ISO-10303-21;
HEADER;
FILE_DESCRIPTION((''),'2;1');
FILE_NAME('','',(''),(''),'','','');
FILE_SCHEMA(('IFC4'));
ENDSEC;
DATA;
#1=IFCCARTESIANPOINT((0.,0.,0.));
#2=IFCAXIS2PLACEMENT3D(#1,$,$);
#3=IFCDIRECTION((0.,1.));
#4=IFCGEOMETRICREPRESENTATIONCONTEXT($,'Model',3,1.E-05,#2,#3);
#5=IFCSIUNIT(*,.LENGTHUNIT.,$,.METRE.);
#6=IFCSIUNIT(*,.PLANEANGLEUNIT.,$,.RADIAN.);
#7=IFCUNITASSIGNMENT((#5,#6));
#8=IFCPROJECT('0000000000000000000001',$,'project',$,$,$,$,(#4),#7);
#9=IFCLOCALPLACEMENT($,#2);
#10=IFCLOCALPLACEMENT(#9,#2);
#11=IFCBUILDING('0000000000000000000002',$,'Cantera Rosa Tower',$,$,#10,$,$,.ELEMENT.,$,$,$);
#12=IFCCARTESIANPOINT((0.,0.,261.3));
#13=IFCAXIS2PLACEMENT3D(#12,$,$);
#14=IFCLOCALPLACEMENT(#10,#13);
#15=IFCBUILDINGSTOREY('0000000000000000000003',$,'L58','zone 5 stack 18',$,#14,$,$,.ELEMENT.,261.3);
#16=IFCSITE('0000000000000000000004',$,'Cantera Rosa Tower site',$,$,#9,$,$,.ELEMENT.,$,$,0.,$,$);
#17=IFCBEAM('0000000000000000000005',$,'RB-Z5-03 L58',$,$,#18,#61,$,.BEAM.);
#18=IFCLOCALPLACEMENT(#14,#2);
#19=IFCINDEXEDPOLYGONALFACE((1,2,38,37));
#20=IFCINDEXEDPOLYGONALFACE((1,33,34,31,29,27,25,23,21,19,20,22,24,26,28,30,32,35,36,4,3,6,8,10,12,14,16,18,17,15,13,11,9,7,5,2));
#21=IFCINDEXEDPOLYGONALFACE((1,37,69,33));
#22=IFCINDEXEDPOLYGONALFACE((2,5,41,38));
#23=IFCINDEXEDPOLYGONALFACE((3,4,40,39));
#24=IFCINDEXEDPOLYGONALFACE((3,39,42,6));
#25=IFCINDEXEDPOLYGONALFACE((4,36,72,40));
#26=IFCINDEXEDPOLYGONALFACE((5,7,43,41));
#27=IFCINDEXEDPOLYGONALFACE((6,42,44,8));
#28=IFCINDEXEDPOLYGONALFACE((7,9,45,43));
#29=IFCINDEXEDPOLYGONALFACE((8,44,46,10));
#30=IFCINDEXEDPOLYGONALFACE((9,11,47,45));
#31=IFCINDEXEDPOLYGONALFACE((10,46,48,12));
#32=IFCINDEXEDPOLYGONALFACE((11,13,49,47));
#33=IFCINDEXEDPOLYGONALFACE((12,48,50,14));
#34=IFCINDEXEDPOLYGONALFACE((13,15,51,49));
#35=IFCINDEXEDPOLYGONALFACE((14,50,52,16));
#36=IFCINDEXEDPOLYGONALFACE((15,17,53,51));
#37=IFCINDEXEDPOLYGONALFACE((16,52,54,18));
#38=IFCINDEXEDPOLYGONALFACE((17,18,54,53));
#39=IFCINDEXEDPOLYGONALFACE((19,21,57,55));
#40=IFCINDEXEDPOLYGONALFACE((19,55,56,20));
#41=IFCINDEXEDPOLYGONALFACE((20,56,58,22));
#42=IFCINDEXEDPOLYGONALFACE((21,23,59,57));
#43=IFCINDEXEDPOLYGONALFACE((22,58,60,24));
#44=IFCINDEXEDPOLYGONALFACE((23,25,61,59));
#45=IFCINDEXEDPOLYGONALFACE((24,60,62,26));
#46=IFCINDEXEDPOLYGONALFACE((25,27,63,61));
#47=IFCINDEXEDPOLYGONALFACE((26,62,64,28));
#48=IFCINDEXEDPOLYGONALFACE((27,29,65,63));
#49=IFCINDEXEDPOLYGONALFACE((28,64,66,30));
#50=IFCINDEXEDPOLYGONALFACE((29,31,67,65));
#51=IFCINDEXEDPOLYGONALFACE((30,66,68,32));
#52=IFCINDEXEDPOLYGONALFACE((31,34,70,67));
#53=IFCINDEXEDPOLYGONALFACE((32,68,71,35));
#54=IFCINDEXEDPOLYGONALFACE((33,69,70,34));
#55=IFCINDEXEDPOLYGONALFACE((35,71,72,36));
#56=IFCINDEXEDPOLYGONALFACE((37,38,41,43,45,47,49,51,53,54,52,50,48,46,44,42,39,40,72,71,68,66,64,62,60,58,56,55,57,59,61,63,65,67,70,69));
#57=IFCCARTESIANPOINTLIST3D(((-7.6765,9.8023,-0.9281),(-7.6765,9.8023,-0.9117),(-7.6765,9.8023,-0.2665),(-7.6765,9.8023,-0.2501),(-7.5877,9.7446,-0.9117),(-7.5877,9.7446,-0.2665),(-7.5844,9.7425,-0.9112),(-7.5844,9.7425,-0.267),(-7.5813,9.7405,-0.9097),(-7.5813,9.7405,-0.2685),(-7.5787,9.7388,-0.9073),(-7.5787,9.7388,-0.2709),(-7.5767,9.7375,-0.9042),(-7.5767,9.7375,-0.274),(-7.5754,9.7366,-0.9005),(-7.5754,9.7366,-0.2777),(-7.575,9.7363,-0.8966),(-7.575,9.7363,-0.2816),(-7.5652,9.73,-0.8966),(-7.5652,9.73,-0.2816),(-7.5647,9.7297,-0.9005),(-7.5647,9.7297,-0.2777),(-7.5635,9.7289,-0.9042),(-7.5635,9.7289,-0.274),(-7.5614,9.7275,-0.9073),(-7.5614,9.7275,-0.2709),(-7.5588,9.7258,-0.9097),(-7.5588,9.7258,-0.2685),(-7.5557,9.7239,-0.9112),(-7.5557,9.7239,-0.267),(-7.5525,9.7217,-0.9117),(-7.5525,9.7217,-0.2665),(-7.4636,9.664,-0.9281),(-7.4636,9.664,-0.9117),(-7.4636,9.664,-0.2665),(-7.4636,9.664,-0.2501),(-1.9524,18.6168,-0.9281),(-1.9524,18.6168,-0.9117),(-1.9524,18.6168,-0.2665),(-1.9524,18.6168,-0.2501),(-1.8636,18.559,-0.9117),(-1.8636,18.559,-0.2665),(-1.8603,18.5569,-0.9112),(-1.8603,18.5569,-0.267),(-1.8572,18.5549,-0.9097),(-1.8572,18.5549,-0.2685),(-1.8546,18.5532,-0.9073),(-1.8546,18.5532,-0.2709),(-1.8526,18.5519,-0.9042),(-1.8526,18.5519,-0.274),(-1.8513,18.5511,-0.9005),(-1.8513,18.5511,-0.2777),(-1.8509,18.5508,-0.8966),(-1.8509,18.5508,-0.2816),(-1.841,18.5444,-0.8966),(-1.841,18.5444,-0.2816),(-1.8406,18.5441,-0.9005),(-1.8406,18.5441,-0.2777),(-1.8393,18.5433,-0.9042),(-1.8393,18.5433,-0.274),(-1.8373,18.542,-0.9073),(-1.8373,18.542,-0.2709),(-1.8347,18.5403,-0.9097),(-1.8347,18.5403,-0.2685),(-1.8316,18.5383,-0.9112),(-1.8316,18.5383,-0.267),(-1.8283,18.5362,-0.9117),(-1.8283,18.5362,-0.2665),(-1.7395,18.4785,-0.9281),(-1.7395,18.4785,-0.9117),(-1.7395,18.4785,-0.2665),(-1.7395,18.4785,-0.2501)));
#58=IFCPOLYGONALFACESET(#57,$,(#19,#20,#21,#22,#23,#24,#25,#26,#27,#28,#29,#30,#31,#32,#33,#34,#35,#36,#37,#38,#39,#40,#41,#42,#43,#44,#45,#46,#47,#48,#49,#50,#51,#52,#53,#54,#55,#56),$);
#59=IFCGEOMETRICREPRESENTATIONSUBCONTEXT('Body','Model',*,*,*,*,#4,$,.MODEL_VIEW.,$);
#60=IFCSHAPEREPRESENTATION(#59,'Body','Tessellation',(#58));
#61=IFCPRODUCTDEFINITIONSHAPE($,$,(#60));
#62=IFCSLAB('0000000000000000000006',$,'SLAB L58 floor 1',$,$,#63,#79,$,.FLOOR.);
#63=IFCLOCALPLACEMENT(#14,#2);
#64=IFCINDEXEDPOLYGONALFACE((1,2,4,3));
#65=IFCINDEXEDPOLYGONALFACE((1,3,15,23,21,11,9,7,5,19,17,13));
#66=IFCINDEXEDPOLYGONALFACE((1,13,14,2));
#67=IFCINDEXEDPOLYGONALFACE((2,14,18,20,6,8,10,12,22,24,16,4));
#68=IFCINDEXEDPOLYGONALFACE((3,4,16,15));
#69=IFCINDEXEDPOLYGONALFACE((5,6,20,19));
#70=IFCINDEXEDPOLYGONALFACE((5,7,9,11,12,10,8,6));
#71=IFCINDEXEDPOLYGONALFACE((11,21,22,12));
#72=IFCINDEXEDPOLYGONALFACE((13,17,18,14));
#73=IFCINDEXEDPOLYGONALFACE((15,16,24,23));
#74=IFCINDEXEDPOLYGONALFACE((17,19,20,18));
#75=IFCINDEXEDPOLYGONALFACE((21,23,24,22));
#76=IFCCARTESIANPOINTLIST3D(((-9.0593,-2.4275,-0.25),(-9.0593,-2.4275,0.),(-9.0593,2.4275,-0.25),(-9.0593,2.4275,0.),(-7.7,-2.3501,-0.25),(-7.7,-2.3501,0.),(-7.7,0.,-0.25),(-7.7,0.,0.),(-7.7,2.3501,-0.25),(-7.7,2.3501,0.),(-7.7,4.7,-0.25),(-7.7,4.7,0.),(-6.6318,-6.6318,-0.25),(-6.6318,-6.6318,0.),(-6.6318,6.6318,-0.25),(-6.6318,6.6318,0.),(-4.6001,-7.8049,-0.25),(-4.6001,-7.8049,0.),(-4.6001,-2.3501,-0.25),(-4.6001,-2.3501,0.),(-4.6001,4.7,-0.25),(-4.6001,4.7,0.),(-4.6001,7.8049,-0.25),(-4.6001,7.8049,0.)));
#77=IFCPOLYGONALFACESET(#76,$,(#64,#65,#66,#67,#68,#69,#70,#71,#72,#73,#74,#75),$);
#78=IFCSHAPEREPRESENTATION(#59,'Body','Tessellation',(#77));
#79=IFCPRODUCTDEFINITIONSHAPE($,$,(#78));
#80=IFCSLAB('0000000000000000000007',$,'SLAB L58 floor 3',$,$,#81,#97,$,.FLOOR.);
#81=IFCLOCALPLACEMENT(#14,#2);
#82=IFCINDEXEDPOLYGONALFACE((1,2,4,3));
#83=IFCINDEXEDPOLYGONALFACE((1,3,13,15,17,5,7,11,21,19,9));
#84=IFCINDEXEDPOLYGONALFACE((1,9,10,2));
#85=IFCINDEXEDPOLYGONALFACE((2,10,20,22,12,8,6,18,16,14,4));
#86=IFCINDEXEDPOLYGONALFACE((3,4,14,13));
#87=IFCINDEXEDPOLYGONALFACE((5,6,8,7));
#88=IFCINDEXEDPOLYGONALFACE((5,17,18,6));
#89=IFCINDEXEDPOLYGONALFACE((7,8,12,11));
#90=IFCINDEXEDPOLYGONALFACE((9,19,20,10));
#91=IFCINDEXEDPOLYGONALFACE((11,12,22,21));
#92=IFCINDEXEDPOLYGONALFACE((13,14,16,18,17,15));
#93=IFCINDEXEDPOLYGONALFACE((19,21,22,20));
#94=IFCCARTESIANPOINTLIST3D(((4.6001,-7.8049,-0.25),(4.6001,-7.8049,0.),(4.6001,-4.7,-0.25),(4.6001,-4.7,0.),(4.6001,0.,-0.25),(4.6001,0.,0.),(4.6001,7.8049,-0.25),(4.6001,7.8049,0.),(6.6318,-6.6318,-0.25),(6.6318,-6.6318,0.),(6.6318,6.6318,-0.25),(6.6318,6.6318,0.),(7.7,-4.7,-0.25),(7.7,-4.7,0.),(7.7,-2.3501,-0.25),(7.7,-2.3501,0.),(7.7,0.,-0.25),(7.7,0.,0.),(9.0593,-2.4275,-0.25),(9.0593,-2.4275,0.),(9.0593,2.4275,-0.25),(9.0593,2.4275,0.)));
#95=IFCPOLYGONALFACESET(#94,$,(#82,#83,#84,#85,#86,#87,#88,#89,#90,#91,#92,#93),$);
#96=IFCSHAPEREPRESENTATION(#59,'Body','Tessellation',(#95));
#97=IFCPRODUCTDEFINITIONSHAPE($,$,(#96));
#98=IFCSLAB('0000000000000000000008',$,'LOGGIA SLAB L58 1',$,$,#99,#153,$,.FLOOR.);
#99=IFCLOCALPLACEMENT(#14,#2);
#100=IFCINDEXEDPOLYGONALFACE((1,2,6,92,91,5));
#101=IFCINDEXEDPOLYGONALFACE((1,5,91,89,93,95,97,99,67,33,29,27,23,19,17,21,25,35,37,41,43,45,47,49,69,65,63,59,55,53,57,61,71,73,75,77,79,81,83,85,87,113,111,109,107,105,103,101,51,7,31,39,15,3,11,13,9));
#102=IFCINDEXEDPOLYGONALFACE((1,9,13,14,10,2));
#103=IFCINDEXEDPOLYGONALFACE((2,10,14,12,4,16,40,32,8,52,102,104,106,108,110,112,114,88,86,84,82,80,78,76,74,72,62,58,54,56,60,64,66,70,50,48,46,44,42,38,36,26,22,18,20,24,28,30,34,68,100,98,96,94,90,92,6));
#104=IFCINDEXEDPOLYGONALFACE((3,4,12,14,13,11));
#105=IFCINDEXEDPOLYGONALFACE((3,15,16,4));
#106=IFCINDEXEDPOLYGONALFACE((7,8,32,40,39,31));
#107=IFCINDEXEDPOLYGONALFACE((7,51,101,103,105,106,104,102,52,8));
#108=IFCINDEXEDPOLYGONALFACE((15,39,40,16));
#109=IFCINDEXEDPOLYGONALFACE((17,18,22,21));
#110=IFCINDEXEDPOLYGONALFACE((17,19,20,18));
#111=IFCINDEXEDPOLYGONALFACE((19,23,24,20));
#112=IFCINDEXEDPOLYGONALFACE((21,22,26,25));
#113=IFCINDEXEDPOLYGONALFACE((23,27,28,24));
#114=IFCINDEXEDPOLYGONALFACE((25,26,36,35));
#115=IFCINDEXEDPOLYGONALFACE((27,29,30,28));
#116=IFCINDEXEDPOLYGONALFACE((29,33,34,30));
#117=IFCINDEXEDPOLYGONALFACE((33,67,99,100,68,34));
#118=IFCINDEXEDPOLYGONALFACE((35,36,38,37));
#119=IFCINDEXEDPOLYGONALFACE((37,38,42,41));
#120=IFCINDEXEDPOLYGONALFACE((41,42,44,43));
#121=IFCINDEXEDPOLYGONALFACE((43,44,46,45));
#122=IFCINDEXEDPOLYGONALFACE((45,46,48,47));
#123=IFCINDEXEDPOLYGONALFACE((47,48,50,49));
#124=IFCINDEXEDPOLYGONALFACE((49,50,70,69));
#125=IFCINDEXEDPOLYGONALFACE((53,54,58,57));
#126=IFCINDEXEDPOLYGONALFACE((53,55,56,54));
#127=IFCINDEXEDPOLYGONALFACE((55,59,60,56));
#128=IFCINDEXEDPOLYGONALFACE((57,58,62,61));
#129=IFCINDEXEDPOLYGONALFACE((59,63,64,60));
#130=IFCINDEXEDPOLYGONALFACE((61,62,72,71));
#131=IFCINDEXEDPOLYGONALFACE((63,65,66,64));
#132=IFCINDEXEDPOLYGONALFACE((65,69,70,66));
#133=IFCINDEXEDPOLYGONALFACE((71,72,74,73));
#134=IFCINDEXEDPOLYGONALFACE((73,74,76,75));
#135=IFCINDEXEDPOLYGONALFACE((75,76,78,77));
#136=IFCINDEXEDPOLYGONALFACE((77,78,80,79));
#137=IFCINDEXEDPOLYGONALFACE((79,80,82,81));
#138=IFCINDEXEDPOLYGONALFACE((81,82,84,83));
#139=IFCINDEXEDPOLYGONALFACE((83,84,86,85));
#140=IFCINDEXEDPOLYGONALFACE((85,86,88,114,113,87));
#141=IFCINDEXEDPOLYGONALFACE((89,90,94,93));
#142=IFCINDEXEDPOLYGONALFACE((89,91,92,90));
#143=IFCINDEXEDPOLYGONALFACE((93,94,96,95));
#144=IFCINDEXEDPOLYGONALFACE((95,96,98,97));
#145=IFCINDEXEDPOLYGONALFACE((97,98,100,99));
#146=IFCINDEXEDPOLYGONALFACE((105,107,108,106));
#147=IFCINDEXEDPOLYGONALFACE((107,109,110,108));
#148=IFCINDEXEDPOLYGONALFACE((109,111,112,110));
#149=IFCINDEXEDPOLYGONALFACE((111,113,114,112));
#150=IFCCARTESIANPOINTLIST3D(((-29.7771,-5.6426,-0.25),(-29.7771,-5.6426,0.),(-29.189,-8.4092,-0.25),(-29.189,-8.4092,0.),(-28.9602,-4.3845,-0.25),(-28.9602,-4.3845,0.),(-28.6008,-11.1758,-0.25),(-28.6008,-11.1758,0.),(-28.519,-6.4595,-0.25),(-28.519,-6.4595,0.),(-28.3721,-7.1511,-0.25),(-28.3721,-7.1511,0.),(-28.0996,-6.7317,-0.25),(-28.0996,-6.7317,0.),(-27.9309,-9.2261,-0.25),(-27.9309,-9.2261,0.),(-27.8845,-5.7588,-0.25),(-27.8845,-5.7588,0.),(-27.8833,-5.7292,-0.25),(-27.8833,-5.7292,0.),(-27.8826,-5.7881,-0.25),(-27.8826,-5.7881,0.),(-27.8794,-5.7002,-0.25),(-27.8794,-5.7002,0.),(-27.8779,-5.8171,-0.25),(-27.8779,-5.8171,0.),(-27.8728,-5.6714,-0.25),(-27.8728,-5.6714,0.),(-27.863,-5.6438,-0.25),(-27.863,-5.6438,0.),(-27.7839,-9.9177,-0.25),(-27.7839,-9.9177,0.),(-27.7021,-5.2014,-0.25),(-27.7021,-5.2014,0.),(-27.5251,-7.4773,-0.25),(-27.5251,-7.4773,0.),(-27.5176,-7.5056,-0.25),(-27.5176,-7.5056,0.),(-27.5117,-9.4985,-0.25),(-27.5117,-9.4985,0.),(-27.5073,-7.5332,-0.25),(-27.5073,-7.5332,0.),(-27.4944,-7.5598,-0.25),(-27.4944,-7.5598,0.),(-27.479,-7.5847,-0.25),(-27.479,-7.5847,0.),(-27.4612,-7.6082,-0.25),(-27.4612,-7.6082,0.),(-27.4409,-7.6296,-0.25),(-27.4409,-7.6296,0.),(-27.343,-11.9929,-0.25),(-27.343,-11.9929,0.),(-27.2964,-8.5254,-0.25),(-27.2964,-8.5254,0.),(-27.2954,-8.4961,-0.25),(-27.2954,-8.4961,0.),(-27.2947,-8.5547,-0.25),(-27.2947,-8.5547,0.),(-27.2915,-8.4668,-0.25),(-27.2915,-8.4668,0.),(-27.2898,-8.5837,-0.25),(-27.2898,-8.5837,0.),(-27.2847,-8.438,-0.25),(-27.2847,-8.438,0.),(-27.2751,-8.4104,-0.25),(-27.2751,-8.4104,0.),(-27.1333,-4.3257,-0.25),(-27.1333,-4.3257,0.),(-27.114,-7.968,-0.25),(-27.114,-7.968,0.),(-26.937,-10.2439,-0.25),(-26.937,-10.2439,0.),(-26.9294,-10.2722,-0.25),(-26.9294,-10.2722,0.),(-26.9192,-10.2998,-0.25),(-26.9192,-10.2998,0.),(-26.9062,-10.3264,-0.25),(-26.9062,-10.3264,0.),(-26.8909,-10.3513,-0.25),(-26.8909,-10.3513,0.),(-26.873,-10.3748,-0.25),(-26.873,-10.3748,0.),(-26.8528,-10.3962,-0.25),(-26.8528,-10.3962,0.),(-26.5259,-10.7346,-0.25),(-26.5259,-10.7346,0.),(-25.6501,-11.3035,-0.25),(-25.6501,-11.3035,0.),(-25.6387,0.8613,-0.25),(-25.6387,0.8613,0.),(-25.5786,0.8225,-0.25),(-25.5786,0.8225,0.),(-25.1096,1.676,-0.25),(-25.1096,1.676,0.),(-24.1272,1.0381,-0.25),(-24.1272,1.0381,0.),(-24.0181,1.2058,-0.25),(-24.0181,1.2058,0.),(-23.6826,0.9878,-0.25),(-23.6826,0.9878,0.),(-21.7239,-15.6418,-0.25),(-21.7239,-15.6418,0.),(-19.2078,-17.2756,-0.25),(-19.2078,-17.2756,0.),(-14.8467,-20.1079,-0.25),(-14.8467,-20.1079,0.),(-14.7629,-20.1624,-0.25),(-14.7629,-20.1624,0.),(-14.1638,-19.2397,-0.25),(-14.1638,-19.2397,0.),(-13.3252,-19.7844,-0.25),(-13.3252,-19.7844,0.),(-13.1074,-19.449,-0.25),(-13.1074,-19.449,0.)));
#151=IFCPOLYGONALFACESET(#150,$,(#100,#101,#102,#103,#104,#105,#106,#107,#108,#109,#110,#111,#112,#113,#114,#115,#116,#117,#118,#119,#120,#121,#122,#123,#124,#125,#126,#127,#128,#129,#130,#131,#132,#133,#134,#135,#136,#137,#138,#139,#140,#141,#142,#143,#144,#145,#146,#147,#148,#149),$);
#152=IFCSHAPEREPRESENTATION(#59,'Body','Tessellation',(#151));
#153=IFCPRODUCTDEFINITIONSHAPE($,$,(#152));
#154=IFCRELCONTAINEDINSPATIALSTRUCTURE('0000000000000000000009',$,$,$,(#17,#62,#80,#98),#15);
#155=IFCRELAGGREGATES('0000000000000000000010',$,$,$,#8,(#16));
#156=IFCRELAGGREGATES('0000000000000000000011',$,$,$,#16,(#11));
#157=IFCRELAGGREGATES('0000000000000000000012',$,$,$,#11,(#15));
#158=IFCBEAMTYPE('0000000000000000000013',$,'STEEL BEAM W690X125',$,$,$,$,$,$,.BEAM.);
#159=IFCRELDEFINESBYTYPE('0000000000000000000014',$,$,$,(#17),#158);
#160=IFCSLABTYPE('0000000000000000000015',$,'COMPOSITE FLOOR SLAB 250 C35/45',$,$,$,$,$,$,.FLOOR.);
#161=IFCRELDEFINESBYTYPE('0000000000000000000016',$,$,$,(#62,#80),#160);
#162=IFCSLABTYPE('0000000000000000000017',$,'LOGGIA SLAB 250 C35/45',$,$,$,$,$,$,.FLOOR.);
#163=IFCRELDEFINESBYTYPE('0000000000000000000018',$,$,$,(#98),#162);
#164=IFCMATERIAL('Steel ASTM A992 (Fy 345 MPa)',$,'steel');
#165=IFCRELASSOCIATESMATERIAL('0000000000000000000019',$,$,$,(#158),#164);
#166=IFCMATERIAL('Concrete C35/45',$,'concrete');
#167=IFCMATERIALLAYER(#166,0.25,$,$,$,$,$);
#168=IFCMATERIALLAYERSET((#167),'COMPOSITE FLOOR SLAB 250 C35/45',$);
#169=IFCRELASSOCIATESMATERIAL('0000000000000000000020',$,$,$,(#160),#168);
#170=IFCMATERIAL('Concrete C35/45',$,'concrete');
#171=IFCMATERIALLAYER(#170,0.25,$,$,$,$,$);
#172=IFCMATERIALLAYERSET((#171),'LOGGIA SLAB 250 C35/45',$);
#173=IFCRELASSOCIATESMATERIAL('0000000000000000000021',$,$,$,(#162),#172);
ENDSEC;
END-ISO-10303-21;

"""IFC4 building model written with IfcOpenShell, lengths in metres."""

from ifc_helpers import new_model, si_unit, direction, frame, origin, origin_2d, place, context, subcontext, project, spatial, polyline, i_section, outline, extrude, material, layer, layer_set, material_profile, profile_set, type_object, element, save


model = new_model("IFC4")

# Units and contexts
model_context = context("Model", 3, precision=1e-05, world=origin(), true_north=direction((0.0, 1.0)))
body_context = subcontext(model_context, "Body", "Model", "MODEL_VIEW")
ifc_project = project(units=[si_unit("LENGTHUNIT", "METRE"), si_unit("PLANEANGLEUNIT", "RADIAN")], contexts=[model_context])

# Site, building, storey
site_placement = place(None, origin())
site = spatial("IfcSite", under=ifc_project, at=site_placement, Name="Cantera Rosa Tower site", CompositionType="ELEMENT", RefElevation=0.0)
building_placement = place(site_placement, origin())
building = spatial("IfcBuilding", under=site, at=building_placement, Name="Cantera Rosa Tower", CompositionType="ELEMENT")
storey_placement = place(building_placement, frame((0.0, 0.0, 261.3)))
storey = spatial("IfcBuildingStorey", under=building, at=storey_placement, Name="L58", Description="zone 5 stack 18", CompositionType="ELEMENT", Elevation=261.3)

# Beam
ifc_material_1 = material(Name="Steel ASTM A992 (Fy 345 MPa)", Category="steel")
ifc_material_profile = material_profile(ifc_material_1, i_section(OverallWidth=0.2539, OverallDepth=0.678, WebThickness=0.0117, FlangeThickness=0.0164, FilletRadius=0.0151, at=origin_2d()), Name="W690X125")
ifc_profile_set = profile_set([ifc_material_profile], Name="Steel ASTM A992 (Fy 345 MPa)")
beam_type = type_object("IfcBeamType", Name="STEEL BEAM W690X125", PredefinedType="BEAM", material=ifc_profile_set)
beam_placement = place(storey_placement, frame((-7.5701, 9.7332, -0.5891), z_axis=(0.544636, 0.838673, 0.0), x_axis=(-0.838673, 0.544636, 0.0)))
element("IfcBeam", 1, at=beam_placement, inside=storey, type_object=beam_type, Name="RB-Z5-03 L58", PredefinedType="BEAM", context=body_context, shape_type="SweptSolid", body=[
    extrude(i_section(OverallWidth=0.2539, OverallDepth=0.678, WebThickness=0.0117, FlangeThickness=0.0164, FilletRadius=0.0151, at=origin_2d()), origin(), (0.0, 0.0, 1.0), 10.51),
])

# Slabs
ifc_material_2 = material(Name="Concrete C35/45", Category="concrete")
ifc_layer_1 = layer(ifc_material_2, 0.25)
ifc_layer_set_1 = layer_set([ifc_layer_1], Name="COMPOSITE FLOOR SLAB 250 C35/45")
slab_type_1 = type_object("IfcSlabType", Name="COMPOSITE FLOOR SLAB 250 C35/45", PredefinedType="FLOOR", material=ifc_layer_set_1)
slab_1_placement = place(storey_placement, frame((0.0, 0.0, -0.25)))
element("IfcSlab", 2, at=slab_1_placement, inside=storey, type_object=slab_type_1, Name="SLAB L58 floor 1", PredefinedType="FLOOR", context=body_context, shape_type="SweptSolid", body=[
    extrude(outline(polyline([(-6.6318, -6.6318), (-9.0593, -2.4275), (-9.0593, 2.4275), (-6.6318, 6.6318), (-4.6001, 7.8049), (-4.6001, 4.7), (-7.7, 4.7), (-7.7, 2.3501), (-7.7, 0.0), (-7.7, -2.3501), (-4.6001, -2.3501), (-4.6001, -7.8049), (-6.6318, -6.6318)])), origin(), (0.0, 0.0, 1.0), 0.25),
])
slab_2_placement = place(storey_placement, frame((0.0, 0.0, -0.25)))
element("IfcSlab", 3, at=slab_2_placement, inside=storey, type_object=slab_type_1, Name="SLAB L58 floor 3", PredefinedType="FLOOR", context=body_context, shape_type="SweptSolid", body=[
    extrude(outline(polyline([(4.6001, 0.0), (4.6001, 7.8049), (6.6318, 6.6318), (9.0593, 2.4275), (9.0593, -2.4275), (6.6318, -6.6318), (4.6001, -7.8049), (4.6001, -4.7), (7.7, -4.7), (7.7, -2.3501), (7.7, 0.0), (4.6001, 0.0)])), origin(), (0.0, 0.0, 1.0), 0.25),
])
ifc_material_3 = material(Name="Concrete C35/45", Category="concrete")
ifc_layer_2 = layer(ifc_material_3, 0.25)
ifc_layer_set_2 = layer_set([ifc_layer_2], Name="LOGGIA SLAB 250 C35/45")
slab_type_2 = type_object("IfcSlabType", Name="LOGGIA SLAB 250 C35/45", PredefinedType="FLOOR", material=ifc_layer_set_2)
slab_3_placement = place(storey_placement, frame((0.0, 0.0, -0.25)))
element("IfcSlab", 4, at=slab_3_placement, inside=storey, type_object=slab_type_2, Name="LOGGIA SLAB L58 1", PredefinedType="FLOOR", context=body_context, shape_type="SweptSolid", body=[
    extrude(outline(polyline([(-28.6008, -11.1758), (-27.7839, -9.9177), (-27.5117, -9.4985), (-27.9309, -9.2261), (-29.189, -8.4092), (-28.3721, -7.1511), (-28.0996, -6.7317), (-28.519, -6.4595), (-29.7771, -5.6426), (-28.9602, -4.3845), (-25.5786, 0.8225), (-25.6387, 0.8613), (-25.1096, 1.676), (-24.1272, 1.0381), (-24.0181, 1.2058), (-23.6826, 0.9878), (-27.1333, -4.3257), (-27.7021, -5.2014), (-27.863, -5.6438), (-27.8728, -5.6714), (-27.8794, -5.7002), (-27.8833, -5.7292), (-27.8845, -5.7588), (-27.8826, -5.7881), (-27.8779, -5.8171), (-27.5251, -7.4773), (-27.5176, -7.5056), (-27.5073, -7.5332), (-27.4944, -7.5598), (-27.479, -7.5847), (-27.4612, -7.6082), (-27.4409, -7.6296), (-27.114, -7.968), (-27.2751, -8.4104), (-27.2847, -8.438), (-27.2915, -8.4668), (-27.2954, -8.4961), (-27.2964, -8.5254), (-27.2947, -8.5547), (-27.2898, -8.5837), (-26.937, -10.2439), (-26.9294, -10.2722), (-26.9192, -10.2998), (-26.9062, -10.3264), (-26.8909, -10.3513), (-26.873, -10.3748), (-26.8528, -10.3962), (-26.5259, -10.7346), (-25.6501, -11.3035), (-13.1074, -19.449), (-13.3252, -19.7844), (-14.1638, -19.2397), (-14.7629, -20.1624), (-14.8467, -20.1079), (-19.2078, -17.2756), (-21.7239, -15.6418), (-27.343, -11.9929), (-28.6008, -11.1758)])), origin(), (0.0, 0.0, 1.0), 0.25),
])

save(model, "model.ifc")
